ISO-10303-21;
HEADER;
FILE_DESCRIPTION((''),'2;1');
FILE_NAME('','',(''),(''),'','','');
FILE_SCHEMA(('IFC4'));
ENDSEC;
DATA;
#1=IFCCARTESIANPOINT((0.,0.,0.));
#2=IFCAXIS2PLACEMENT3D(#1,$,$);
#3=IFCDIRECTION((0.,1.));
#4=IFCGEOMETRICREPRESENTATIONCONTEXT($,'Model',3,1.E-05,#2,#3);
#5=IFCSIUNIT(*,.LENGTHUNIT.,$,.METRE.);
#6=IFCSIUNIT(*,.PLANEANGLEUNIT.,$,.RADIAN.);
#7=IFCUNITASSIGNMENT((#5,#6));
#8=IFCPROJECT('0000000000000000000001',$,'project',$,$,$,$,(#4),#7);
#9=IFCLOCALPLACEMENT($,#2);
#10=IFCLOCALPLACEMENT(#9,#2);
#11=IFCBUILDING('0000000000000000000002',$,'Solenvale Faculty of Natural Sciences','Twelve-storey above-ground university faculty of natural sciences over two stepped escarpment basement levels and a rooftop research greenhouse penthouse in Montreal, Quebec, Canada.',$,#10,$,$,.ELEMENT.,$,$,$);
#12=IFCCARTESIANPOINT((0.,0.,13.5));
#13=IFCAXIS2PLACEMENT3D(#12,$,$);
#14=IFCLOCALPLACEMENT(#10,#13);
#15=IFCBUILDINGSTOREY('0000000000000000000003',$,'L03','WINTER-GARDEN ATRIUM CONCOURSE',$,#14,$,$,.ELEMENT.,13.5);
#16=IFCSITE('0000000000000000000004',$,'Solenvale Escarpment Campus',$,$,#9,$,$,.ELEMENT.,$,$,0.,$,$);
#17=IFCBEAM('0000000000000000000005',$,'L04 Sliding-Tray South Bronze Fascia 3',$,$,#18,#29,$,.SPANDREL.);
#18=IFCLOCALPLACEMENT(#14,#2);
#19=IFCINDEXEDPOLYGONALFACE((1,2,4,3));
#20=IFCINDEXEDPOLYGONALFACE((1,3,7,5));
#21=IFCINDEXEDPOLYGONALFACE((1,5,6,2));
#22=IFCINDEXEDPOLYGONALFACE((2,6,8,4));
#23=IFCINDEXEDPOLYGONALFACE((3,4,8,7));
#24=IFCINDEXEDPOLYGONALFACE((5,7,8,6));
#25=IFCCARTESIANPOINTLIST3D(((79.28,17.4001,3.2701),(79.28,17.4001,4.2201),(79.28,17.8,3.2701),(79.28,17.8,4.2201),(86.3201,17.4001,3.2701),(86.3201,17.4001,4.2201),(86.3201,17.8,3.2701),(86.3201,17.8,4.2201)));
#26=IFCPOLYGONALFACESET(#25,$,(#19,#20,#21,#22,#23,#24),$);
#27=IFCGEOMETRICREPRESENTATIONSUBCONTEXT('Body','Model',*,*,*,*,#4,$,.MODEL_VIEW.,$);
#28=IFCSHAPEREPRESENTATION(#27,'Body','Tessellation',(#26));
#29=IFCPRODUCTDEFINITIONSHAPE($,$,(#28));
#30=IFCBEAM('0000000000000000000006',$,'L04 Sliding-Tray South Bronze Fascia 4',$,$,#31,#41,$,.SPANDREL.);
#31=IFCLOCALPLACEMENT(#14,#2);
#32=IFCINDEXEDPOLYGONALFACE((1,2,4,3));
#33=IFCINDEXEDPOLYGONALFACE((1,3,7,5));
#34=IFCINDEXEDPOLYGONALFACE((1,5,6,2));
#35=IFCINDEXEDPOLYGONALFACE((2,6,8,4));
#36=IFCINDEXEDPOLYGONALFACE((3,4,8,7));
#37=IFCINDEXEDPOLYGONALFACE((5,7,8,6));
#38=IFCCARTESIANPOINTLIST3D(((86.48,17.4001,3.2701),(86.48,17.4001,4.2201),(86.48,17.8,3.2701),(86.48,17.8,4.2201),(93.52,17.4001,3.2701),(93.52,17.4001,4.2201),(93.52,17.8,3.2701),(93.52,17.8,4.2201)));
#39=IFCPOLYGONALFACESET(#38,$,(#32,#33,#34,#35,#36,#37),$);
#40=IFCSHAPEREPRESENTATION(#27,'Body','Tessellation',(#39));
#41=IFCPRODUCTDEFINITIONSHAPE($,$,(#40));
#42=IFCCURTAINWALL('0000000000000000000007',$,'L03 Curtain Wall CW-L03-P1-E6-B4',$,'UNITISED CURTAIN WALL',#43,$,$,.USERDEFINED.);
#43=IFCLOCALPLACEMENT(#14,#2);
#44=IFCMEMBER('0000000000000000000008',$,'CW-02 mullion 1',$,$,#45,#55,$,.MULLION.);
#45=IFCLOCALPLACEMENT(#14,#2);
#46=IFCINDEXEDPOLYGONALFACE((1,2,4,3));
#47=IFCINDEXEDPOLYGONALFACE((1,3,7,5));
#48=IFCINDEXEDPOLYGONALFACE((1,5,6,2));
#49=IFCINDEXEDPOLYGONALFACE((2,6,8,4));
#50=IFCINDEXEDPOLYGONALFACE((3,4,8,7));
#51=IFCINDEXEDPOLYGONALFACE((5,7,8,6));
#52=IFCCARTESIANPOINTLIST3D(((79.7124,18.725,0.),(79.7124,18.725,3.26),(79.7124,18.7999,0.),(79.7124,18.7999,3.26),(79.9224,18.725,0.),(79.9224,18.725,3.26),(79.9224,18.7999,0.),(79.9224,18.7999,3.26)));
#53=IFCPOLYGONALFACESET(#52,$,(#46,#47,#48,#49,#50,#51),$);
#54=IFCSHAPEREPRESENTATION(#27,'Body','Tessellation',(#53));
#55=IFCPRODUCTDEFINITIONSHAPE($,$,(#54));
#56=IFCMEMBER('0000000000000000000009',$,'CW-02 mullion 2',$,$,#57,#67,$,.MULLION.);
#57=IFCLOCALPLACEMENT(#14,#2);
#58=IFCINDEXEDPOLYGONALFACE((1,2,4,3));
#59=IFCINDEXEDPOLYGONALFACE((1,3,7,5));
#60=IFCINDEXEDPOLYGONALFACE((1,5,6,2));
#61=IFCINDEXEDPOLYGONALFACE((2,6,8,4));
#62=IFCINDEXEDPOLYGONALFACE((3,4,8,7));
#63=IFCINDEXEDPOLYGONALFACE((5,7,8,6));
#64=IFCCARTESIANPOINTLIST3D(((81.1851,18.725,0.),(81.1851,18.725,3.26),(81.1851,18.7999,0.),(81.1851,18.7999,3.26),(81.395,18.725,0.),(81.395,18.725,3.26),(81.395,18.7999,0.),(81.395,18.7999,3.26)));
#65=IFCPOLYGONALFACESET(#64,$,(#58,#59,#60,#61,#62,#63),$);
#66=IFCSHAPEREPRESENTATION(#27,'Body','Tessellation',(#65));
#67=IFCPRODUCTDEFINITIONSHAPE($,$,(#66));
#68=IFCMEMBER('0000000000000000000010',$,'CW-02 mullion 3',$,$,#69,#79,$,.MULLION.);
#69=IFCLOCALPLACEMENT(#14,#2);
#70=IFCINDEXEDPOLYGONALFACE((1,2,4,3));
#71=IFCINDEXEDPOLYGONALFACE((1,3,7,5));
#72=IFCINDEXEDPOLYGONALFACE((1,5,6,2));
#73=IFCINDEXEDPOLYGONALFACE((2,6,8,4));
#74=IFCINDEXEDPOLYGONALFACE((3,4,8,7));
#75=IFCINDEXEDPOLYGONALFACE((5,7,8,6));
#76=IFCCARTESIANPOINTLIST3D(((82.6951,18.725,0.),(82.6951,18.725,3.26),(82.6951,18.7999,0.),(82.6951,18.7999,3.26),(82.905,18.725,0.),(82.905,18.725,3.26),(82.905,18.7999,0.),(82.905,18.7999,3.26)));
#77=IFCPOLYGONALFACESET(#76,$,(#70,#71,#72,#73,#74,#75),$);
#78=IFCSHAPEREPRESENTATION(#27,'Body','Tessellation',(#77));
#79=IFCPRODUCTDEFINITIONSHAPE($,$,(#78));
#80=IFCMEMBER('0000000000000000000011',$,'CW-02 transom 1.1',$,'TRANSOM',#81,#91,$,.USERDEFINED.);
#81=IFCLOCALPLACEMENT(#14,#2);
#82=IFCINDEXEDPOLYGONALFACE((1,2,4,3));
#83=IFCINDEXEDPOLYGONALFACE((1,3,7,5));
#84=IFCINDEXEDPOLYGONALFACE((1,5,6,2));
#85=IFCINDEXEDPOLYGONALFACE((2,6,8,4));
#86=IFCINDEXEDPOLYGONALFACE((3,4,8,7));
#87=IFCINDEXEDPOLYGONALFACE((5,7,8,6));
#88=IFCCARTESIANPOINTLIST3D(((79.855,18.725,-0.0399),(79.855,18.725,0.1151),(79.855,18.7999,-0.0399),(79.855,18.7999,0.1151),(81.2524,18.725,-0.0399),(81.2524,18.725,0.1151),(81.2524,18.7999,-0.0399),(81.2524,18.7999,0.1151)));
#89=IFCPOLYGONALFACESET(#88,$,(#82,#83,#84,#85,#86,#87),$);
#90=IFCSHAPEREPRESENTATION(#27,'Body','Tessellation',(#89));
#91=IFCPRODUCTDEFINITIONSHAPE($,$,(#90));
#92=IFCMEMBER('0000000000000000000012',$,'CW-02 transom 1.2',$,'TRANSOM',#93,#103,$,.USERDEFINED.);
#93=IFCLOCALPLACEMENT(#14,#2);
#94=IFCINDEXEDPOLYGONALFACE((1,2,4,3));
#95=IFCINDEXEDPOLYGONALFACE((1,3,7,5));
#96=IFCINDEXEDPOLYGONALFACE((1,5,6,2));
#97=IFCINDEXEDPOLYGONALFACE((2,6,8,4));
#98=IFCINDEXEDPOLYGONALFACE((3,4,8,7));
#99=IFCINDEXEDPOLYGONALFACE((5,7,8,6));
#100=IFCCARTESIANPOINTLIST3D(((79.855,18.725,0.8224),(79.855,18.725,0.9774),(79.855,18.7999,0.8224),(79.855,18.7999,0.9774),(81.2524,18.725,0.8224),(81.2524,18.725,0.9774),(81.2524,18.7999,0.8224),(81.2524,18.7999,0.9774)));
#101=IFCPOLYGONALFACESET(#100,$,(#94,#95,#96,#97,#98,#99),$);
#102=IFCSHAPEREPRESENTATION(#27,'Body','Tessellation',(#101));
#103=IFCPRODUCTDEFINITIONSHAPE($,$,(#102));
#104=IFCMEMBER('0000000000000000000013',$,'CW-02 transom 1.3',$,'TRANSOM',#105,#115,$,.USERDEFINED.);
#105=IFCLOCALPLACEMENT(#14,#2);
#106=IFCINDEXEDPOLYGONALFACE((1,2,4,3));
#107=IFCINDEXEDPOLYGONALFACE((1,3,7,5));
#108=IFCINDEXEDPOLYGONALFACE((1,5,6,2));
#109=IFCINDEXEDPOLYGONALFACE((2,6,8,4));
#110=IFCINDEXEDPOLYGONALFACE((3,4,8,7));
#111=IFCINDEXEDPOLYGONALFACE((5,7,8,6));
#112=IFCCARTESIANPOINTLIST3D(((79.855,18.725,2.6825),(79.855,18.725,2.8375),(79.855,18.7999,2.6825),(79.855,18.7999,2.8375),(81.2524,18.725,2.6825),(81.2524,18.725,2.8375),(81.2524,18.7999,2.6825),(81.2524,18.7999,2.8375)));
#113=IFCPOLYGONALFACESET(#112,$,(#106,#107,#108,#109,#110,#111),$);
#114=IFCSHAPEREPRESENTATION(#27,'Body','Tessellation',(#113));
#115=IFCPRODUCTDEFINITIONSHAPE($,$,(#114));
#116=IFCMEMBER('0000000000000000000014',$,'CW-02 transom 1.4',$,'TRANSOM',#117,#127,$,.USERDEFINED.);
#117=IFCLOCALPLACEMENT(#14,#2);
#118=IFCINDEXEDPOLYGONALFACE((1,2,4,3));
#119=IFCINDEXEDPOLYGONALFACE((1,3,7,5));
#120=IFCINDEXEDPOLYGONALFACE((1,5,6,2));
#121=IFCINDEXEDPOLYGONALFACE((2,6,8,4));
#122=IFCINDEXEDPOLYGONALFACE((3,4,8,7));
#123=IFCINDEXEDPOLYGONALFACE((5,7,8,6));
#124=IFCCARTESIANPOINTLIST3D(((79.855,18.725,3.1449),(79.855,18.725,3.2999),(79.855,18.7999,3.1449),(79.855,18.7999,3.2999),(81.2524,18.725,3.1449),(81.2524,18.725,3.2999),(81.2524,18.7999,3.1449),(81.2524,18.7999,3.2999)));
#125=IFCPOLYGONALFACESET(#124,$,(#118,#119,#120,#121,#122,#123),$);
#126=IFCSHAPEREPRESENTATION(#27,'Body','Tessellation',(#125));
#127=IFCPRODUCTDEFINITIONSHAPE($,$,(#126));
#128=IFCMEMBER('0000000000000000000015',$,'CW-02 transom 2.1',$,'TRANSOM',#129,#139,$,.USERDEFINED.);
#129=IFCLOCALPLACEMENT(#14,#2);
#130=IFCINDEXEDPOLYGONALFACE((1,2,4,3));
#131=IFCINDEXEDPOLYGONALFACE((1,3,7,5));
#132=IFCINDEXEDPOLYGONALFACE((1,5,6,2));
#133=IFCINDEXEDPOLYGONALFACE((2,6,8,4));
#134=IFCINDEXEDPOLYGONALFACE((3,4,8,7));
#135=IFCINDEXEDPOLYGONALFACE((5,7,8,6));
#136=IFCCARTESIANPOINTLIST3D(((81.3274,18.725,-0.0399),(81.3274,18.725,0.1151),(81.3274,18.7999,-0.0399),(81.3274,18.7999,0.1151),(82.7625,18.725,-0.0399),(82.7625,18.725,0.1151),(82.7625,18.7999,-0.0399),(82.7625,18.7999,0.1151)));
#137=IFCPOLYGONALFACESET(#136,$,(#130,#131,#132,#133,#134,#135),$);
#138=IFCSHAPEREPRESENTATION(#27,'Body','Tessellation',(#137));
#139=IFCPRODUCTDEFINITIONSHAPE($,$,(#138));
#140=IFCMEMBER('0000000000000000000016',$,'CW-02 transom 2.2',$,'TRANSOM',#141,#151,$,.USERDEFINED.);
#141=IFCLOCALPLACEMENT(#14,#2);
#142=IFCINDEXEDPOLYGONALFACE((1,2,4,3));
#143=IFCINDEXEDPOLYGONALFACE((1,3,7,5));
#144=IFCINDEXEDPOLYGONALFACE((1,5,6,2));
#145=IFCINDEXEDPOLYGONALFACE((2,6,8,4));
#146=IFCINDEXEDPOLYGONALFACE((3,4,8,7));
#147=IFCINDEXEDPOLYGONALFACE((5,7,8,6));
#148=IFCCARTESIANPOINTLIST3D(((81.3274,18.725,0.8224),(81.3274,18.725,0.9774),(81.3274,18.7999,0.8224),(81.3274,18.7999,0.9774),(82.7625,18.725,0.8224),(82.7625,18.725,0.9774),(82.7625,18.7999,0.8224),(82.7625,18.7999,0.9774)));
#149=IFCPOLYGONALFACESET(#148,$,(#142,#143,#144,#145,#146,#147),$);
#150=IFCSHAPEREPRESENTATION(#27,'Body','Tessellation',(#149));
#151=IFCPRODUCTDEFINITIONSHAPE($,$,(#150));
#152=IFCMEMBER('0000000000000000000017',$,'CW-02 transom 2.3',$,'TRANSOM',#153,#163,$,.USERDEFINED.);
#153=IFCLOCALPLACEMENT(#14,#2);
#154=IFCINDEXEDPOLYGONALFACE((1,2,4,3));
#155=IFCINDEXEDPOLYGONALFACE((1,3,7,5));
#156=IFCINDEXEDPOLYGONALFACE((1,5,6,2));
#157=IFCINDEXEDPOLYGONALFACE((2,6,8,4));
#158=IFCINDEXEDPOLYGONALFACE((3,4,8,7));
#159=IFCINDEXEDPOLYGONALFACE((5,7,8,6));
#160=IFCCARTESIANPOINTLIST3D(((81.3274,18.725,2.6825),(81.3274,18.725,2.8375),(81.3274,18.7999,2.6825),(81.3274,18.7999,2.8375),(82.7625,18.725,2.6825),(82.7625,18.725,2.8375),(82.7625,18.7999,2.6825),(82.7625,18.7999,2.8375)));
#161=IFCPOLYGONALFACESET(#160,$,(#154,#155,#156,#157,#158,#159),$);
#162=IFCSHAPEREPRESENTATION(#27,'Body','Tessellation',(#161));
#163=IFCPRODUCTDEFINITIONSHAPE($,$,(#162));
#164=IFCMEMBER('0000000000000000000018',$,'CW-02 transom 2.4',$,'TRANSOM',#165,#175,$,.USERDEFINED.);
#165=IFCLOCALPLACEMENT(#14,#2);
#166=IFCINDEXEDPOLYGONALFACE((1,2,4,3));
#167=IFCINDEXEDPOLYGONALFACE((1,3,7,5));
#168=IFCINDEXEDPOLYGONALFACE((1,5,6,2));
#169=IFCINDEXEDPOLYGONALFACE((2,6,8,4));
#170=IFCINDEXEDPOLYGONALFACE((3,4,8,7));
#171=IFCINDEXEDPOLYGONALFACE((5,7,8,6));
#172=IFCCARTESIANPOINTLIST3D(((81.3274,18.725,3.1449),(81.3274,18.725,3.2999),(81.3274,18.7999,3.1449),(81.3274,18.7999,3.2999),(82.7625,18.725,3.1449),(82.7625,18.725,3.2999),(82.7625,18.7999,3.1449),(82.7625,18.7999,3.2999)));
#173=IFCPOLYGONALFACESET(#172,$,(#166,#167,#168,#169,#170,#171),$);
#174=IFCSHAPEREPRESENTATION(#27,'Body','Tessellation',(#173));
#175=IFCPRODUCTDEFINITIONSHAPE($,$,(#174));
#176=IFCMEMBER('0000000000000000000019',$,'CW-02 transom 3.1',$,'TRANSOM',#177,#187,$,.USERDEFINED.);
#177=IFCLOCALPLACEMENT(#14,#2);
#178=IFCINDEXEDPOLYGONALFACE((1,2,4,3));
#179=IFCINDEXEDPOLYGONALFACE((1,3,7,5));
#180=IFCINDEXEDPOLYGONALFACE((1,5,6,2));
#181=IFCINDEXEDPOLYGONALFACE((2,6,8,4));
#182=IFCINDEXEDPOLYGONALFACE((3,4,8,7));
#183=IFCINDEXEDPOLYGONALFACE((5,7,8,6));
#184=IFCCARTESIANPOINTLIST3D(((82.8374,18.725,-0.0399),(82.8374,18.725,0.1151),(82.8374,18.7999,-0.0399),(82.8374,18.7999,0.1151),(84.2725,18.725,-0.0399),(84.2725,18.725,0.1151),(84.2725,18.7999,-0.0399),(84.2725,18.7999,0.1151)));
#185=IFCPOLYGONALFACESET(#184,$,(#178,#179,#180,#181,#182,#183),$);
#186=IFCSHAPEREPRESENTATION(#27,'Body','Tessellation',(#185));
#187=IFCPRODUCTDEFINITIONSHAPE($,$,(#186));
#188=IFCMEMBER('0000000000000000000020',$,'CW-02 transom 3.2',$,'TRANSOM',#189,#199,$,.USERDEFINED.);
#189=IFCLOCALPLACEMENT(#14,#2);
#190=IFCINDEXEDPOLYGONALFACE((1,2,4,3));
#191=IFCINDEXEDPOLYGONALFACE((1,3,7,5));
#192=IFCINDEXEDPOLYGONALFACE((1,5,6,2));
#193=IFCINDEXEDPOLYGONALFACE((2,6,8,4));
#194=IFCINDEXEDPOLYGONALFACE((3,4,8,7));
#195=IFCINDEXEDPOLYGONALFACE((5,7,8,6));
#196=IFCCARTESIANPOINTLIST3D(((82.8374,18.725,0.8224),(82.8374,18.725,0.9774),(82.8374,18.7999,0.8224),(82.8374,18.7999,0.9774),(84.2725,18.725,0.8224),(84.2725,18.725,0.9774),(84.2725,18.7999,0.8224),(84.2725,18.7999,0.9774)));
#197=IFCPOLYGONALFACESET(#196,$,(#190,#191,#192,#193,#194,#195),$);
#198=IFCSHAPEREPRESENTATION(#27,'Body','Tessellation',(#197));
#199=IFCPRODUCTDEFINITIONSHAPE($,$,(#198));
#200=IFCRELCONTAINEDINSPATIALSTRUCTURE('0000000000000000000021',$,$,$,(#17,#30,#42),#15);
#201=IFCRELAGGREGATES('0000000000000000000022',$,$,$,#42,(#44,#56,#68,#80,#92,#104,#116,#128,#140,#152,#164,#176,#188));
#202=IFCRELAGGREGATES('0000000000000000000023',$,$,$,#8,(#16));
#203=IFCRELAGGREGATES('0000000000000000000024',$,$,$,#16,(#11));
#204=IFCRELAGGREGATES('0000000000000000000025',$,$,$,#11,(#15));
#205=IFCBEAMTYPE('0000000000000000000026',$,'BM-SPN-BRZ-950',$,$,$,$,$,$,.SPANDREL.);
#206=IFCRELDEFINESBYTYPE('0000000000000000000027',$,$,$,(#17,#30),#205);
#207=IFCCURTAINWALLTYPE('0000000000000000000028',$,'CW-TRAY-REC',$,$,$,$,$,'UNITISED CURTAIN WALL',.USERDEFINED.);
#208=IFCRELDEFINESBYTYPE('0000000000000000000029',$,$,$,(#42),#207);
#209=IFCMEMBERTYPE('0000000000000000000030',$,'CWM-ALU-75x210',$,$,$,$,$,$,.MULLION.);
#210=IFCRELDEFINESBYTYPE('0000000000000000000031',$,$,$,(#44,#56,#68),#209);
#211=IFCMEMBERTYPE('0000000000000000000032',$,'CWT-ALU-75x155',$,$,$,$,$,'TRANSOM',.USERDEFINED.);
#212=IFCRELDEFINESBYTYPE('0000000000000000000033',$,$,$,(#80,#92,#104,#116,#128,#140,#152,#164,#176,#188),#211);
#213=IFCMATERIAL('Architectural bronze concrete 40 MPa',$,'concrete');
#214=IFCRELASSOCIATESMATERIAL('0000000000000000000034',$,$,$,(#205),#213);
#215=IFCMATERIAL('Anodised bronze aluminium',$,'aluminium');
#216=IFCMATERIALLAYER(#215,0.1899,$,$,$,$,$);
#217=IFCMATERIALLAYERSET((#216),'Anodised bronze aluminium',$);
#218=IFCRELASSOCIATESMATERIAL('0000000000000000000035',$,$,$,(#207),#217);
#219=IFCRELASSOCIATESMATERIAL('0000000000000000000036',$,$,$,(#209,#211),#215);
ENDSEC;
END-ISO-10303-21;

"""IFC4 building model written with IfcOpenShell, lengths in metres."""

from ifc_helpers import new_model, si_unit, direction, frame, origin, origin_2d, place, context, subcontext, project, spatial, rectangle, extrude, material, layer, layer_set, material_profile, profile_set, type_object, element, aggregate, save


model = new_model("IFC4")

# Units and contexts
model_context = context("Model", 3, precision=1e-05, world=origin(), true_north=direction((0.0, 1.0)))
body_context = subcontext(model_context, "Body", "Model", "MODEL_VIEW")
ifc_project = project(units=[si_unit("LENGTHUNIT", "METRE"), si_unit("PLANEANGLEUNIT", "RADIAN")], contexts=[model_context])

# Site, building, storey
site_placement = place(None, origin())
site = spatial("IfcSite", under=ifc_project, at=site_placement, Name="Solenvale Escarpment Campus", CompositionType="ELEMENT", RefElevation=0.0)
building_placement = place(site_placement, origin())
building = spatial("IfcBuilding", under=site, at=building_placement, Name="Solenvale Faculty of Natural Sciences", Description="Twelve-storey above-ground university faculty of natural sciences over two stepped escarpment basement levels and a rooftop research greenhouse penthouse in Montreal, Quebec, Canada.", CompositionType="ELEMENT")
storey_placement = place(building_placement, frame((0.0, 0.0, 13.5)))
storey = spatial("IfcBuildingStorey", under=building, at=storey_placement, Name="L03", Description="WINTER-GARDEN ATRIUM CONCOURSE", CompositionType="ELEMENT", Elevation=13.5)

# Beams
ifc_material_1 = material(Name="Architectural bronze concrete 40 MPa", Category="concrete")
ifc_material_profile_1 = material_profile(ifc_material_1, rectangle(XDim=0.3999, YDim=0.95, at=origin_2d()), Name="RC-SPN-400x950")
ifc_profile_set_1 = profile_set([ifc_material_profile_1], Name="Architectural bronze concrete 40 MPa")
beam_type = type_object("IfcBeamType", Name="BM-SPN-BRZ-950", PredefinedType="SPANDREL", material=ifc_profile_set_1)
for number, where, z_axis, x_axis, name in (
    (1, (79.28, 17.6001, 3.7451), (1.0, 0.0, 0.0), (0.0, 1.0, 0.0), "L04 Sliding-Tray South Bronze Fascia 3"),
    (2, (86.48, 17.6001, 3.7451), (1.0, 0.0, 0.0), (0.0, 1.0, 0.0), "L04 Sliding-Tray South Bronze Fascia 4"),
):
    element("IfcBeam", number, at=place(storey_placement, frame(where, z_axis=z_axis, x_axis=x_axis)), inside=storey, type_object=beam_type, Name=name, PredefinedType="SPANDREL", context=body_context, shape_type="SweptSolid", body=[
        extrude(rectangle(XDim=0.3999, YDim=0.95, at=origin_2d()), origin(), (0.0, 0.0, 1.0), 7.04),
    ])

# Curtain wall, members
ifc_material_2 = material(Name="Anodised bronze aluminium", Category="aluminium")
ifc_layer_1 = layer(ifc_material_2, 0.1899)
ifc_layer_set_1 = layer_set([ifc_layer_1], Name="Anodised bronze aluminium")
curtain_wall_type = type_object("IfcCurtainWallType", Name="CW-TRAY-REC", ElementType="UNITISED CURTAIN WALL", PredefinedType="USERDEFINED", material=ifc_layer_set_1)
curtain_wall_placement = place(storey_placement, origin())
curtain_wall = element("IfcCurtainWall", 3, at=curtain_wall_placement, inside=storey, type_object=curtain_wall_type, Name="L03 Curtain Wall CW-L03-P1-E6-B4", ObjectType="UNITISED CURTAIN WALL", PredefinedType="USERDEFINED")
ifc_material_profile_2 = material_profile(ifc_material_2, rectangle(XDim=0.075, YDim=0.21, at=origin_2d()), Name="ALU-MUL-75x210")
ifc_profile_set_2 = profile_set([ifc_material_profile_2], Name="Anodised bronze aluminium")
member_type_1 = type_object("IfcMemberType", Name="CWM-ALU-75x210", PredefinedType="MULLION", material=ifc_profile_set_2)
member_1_placement = place(storey_placement, frame((79.8174, 18.7625, 0.0), z_axis=(0.0, 0.0, 1.0), x_axis=(0.0, 1.0, 0.0)))
member_1 = element("IfcMember", 4, at=member_1_placement, type_object=member_type_1, Name="CW-02 mullion 1", PredefinedType="MULLION", context=body_context, shape_type="SweptSolid", body=[
    extrude(rectangle(XDim=0.075, YDim=0.21, at=origin_2d()), origin(), (0.0, 0.0, 1.0), 3.26),
])
member_2_placement = place(storey_placement, frame((81.29, 18.7625, 0.0), z_axis=(0.0, 0.0, 1.0), x_axis=(0.0, 1.0, 0.0)))
member_2 = element("IfcMember", 5, at=member_2_placement, type_object=member_type_1, Name="CW-02 mullion 2", PredefinedType="MULLION", context=body_context, shape_type="SweptSolid", body=[
    extrude(rectangle(XDim=0.075, YDim=0.21, at=origin_2d()), origin(), (0.0, 0.0, 1.0), 3.26),
])
member_3_placement = place(storey_placement, frame((82.8, 18.7625, 0.0), z_axis=(0.0, 0.0, 1.0), x_axis=(0.0, 1.0, 0.0)))
member_3 = element("IfcMember", 6, at=member_3_placement, type_object=member_type_1, Name="CW-02 mullion 3", PredefinedType="MULLION", context=body_context, shape_type="SweptSolid", body=[
    extrude(rectangle(XDim=0.075, YDim=0.21, at=origin_2d()), origin(), (0.0, 0.0, 1.0), 3.26),
])
ifc_material_profile_3 = material_profile(ifc_material_2, rectangle(XDim=0.075, YDim=0.155, at=origin_2d()), Name="ALU-TRN-75x155")
ifc_profile_set_3 = profile_set([ifc_material_profile_3], Name="Anodised bronze aluminium")
member_type_2 = type_object("IfcMemberType", Name="CWT-ALU-75x155", ElementType="TRANSOM", PredefinedType="USERDEFINED", material=ifc_profile_set_3)
member_4_placement = place(storey_placement, frame((79.855, 18.7625, 0.0376), z_axis=(1.0, 0.0, 0.0), x_axis=(0.0, 1.0, 0.0)))
member_4 = element("IfcMember", 7, at=member_4_placement, type_object=member_type_2, Name="CW-02 transom 1.1", ObjectType="TRANSOM", PredefinedType="USERDEFINED", context=body_context, shape_type="SweptSolid", body=[
    extrude(rectangle(XDim=0.075, YDim=0.155, at=origin_2d()), origin(), (0.0, 0.0, 1.0), 1.3975),
])
member_5_placement = place(storey_placement, frame((79.855, 18.7625, 0.8999), z_axis=(1.0, 0.0, 0.0), x_axis=(0.0, 1.0, 0.0)))
member_5 = element("IfcMember", 8, at=member_5_placement, type_object=member_type_2, Name="CW-02 transom 1.2", ObjectType="TRANSOM", PredefinedType="USERDEFINED", context=body_context, shape_type="SweptSolid", body=[
    extrude(rectangle(XDim=0.075, YDim=0.155, at=origin_2d()), origin(), (0.0, 0.0, 1.0), 1.3975),
])
member_6_placement = place(storey_placement, frame((79.855, 18.7625, 2.76), z_axis=(1.0, 0.0, 0.0), x_axis=(0.0, 1.0, 0.0)))
member_6 = element("IfcMember", 9, at=member_6_placement, type_object=member_type_2, Name="CW-02 transom 1.3", ObjectType="TRANSOM", PredefinedType="USERDEFINED", context=body_context, shape_type="SweptSolid", body=[
    extrude(rectangle(XDim=0.075, YDim=0.155, at=origin_2d()), origin(), (0.0, 0.0, 1.0), 1.3975),
])
member_7_placement = place(storey_placement, frame((79.855, 18.7625, 3.2224), z_axis=(1.0, 0.0, 0.0), x_axis=(0.0, 1.0, 0.0)))
member_7 = element("IfcMember", 10, at=member_7_placement, type_object=member_type_2, Name="CW-02 transom 1.4", ObjectType="TRANSOM", PredefinedType="USERDEFINED", context=body_context, shape_type="SweptSolid", body=[
    extrude(rectangle(XDim=0.075, YDim=0.155, at=origin_2d()), origin(), (0.0, 0.0, 1.0), 1.3975),
])
member_8_placement = place(storey_placement, frame((81.3274, 18.7625, 0.0376), z_axis=(1.0, 0.0, 0.0), x_axis=(0.0, 1.0, 0.0)))
member_8 = element("IfcMember", 11, at=member_8_placement, type_object=member_type_2, Name="CW-02 transom 2.1", ObjectType="TRANSOM", PredefinedType="USERDEFINED", context=body_context, shape_type="SweptSolid", body=[
    extrude(rectangle(XDim=0.075, YDim=0.155, at=origin_2d()), origin(), (0.0, 0.0, 1.0), 1.4351),
])
member_9_placement = place(storey_placement, frame((81.3274, 18.7625, 0.8999), z_axis=(1.0, 0.0, 0.0), x_axis=(0.0, 1.0, 0.0)))
member_9 = element("IfcMember", 12, at=member_9_placement, type_object=member_type_2, Name="CW-02 transom 2.2", ObjectType="TRANSOM", PredefinedType="USERDEFINED", context=body_context, shape_type="SweptSolid", body=[
    extrude(rectangle(XDim=0.075, YDim=0.155, at=origin_2d()), origin(), (0.0, 0.0, 1.0), 1.4351),
])
member_10_placement = place(storey_placement, frame((81.3274, 18.7625, 2.76), z_axis=(1.0, 0.0, 0.0), x_axis=(0.0, 1.0, 0.0)))
member_10 = element("IfcMember", 13, at=member_10_placement, type_object=member_type_2, Name="CW-02 transom 2.3", ObjectType="TRANSOM", PredefinedType="USERDEFINED", context=body_context, shape_type="SweptSolid", body=[
    extrude(rectangle(XDim=0.075, YDim=0.155, at=origin_2d()), origin(), (0.0, 0.0, 1.0), 1.4351),
])
member_11_placement = place(storey_placement, frame((81.3274, 18.7625, 3.2224), z_axis=(1.0, 0.0, 0.0), x_axis=(0.0, 1.0, 0.0)))
member_11 = element("IfcMember", 14, at=member_11_placement, type_object=member_type_2, Name="CW-02 transom 2.4", ObjectType="TRANSOM", PredefinedType="USERDEFINED", context=body_context, shape_type="SweptSolid", body=[
    extrude(rectangle(XDim=0.075, YDim=0.155, at=origin_2d()), origin(), (0.0, 0.0, 1.0), 1.4351),
])
member_12_placement = place(storey_placement, frame((82.8374, 18.7625, 0.0376), z_axis=(1.0, 0.0, 0.0), x_axis=(0.0, 1.0, 0.0)))
member_12 = element("IfcMember", 15, at=member_12_placement, type_object=member_type_2, Name="CW-02 transom 3.1", ObjectType="TRANSOM", PredefinedType="USERDEFINED", context=body_context, shape_type="SweptSolid", body=[
    extrude(rectangle(XDim=0.075, YDim=0.155, at=origin_2d()), origin(), (0.0, 0.0, 1.0), 1.4351),
])
member_13_placement = place(storey_placement, frame((82.8374, 18.7625, 0.8999), z_axis=(1.0, 0.0, 0.0), x_axis=(0.0, 1.0, 0.0)))
member_13 = element("IfcMember", 16, at=member_13_placement, type_object=member_type_2, Name="CW-02 transom 3.2", ObjectType="TRANSOM", PredefinedType="USERDEFINED", context=body_context, shape_type="SweptSolid", body=[
    extrude(rectangle(XDim=0.075, YDim=0.155, at=origin_2d()), origin(), (0.0, 0.0, 1.0), 1.4351),
])
aggregate(curtain_wall, [member_1, member_2, member_3, member_4, member_5, member_6, member_7, member_8, member_9, member_10, member_11, member_12, member_13])

save(model, "model.ifc")
